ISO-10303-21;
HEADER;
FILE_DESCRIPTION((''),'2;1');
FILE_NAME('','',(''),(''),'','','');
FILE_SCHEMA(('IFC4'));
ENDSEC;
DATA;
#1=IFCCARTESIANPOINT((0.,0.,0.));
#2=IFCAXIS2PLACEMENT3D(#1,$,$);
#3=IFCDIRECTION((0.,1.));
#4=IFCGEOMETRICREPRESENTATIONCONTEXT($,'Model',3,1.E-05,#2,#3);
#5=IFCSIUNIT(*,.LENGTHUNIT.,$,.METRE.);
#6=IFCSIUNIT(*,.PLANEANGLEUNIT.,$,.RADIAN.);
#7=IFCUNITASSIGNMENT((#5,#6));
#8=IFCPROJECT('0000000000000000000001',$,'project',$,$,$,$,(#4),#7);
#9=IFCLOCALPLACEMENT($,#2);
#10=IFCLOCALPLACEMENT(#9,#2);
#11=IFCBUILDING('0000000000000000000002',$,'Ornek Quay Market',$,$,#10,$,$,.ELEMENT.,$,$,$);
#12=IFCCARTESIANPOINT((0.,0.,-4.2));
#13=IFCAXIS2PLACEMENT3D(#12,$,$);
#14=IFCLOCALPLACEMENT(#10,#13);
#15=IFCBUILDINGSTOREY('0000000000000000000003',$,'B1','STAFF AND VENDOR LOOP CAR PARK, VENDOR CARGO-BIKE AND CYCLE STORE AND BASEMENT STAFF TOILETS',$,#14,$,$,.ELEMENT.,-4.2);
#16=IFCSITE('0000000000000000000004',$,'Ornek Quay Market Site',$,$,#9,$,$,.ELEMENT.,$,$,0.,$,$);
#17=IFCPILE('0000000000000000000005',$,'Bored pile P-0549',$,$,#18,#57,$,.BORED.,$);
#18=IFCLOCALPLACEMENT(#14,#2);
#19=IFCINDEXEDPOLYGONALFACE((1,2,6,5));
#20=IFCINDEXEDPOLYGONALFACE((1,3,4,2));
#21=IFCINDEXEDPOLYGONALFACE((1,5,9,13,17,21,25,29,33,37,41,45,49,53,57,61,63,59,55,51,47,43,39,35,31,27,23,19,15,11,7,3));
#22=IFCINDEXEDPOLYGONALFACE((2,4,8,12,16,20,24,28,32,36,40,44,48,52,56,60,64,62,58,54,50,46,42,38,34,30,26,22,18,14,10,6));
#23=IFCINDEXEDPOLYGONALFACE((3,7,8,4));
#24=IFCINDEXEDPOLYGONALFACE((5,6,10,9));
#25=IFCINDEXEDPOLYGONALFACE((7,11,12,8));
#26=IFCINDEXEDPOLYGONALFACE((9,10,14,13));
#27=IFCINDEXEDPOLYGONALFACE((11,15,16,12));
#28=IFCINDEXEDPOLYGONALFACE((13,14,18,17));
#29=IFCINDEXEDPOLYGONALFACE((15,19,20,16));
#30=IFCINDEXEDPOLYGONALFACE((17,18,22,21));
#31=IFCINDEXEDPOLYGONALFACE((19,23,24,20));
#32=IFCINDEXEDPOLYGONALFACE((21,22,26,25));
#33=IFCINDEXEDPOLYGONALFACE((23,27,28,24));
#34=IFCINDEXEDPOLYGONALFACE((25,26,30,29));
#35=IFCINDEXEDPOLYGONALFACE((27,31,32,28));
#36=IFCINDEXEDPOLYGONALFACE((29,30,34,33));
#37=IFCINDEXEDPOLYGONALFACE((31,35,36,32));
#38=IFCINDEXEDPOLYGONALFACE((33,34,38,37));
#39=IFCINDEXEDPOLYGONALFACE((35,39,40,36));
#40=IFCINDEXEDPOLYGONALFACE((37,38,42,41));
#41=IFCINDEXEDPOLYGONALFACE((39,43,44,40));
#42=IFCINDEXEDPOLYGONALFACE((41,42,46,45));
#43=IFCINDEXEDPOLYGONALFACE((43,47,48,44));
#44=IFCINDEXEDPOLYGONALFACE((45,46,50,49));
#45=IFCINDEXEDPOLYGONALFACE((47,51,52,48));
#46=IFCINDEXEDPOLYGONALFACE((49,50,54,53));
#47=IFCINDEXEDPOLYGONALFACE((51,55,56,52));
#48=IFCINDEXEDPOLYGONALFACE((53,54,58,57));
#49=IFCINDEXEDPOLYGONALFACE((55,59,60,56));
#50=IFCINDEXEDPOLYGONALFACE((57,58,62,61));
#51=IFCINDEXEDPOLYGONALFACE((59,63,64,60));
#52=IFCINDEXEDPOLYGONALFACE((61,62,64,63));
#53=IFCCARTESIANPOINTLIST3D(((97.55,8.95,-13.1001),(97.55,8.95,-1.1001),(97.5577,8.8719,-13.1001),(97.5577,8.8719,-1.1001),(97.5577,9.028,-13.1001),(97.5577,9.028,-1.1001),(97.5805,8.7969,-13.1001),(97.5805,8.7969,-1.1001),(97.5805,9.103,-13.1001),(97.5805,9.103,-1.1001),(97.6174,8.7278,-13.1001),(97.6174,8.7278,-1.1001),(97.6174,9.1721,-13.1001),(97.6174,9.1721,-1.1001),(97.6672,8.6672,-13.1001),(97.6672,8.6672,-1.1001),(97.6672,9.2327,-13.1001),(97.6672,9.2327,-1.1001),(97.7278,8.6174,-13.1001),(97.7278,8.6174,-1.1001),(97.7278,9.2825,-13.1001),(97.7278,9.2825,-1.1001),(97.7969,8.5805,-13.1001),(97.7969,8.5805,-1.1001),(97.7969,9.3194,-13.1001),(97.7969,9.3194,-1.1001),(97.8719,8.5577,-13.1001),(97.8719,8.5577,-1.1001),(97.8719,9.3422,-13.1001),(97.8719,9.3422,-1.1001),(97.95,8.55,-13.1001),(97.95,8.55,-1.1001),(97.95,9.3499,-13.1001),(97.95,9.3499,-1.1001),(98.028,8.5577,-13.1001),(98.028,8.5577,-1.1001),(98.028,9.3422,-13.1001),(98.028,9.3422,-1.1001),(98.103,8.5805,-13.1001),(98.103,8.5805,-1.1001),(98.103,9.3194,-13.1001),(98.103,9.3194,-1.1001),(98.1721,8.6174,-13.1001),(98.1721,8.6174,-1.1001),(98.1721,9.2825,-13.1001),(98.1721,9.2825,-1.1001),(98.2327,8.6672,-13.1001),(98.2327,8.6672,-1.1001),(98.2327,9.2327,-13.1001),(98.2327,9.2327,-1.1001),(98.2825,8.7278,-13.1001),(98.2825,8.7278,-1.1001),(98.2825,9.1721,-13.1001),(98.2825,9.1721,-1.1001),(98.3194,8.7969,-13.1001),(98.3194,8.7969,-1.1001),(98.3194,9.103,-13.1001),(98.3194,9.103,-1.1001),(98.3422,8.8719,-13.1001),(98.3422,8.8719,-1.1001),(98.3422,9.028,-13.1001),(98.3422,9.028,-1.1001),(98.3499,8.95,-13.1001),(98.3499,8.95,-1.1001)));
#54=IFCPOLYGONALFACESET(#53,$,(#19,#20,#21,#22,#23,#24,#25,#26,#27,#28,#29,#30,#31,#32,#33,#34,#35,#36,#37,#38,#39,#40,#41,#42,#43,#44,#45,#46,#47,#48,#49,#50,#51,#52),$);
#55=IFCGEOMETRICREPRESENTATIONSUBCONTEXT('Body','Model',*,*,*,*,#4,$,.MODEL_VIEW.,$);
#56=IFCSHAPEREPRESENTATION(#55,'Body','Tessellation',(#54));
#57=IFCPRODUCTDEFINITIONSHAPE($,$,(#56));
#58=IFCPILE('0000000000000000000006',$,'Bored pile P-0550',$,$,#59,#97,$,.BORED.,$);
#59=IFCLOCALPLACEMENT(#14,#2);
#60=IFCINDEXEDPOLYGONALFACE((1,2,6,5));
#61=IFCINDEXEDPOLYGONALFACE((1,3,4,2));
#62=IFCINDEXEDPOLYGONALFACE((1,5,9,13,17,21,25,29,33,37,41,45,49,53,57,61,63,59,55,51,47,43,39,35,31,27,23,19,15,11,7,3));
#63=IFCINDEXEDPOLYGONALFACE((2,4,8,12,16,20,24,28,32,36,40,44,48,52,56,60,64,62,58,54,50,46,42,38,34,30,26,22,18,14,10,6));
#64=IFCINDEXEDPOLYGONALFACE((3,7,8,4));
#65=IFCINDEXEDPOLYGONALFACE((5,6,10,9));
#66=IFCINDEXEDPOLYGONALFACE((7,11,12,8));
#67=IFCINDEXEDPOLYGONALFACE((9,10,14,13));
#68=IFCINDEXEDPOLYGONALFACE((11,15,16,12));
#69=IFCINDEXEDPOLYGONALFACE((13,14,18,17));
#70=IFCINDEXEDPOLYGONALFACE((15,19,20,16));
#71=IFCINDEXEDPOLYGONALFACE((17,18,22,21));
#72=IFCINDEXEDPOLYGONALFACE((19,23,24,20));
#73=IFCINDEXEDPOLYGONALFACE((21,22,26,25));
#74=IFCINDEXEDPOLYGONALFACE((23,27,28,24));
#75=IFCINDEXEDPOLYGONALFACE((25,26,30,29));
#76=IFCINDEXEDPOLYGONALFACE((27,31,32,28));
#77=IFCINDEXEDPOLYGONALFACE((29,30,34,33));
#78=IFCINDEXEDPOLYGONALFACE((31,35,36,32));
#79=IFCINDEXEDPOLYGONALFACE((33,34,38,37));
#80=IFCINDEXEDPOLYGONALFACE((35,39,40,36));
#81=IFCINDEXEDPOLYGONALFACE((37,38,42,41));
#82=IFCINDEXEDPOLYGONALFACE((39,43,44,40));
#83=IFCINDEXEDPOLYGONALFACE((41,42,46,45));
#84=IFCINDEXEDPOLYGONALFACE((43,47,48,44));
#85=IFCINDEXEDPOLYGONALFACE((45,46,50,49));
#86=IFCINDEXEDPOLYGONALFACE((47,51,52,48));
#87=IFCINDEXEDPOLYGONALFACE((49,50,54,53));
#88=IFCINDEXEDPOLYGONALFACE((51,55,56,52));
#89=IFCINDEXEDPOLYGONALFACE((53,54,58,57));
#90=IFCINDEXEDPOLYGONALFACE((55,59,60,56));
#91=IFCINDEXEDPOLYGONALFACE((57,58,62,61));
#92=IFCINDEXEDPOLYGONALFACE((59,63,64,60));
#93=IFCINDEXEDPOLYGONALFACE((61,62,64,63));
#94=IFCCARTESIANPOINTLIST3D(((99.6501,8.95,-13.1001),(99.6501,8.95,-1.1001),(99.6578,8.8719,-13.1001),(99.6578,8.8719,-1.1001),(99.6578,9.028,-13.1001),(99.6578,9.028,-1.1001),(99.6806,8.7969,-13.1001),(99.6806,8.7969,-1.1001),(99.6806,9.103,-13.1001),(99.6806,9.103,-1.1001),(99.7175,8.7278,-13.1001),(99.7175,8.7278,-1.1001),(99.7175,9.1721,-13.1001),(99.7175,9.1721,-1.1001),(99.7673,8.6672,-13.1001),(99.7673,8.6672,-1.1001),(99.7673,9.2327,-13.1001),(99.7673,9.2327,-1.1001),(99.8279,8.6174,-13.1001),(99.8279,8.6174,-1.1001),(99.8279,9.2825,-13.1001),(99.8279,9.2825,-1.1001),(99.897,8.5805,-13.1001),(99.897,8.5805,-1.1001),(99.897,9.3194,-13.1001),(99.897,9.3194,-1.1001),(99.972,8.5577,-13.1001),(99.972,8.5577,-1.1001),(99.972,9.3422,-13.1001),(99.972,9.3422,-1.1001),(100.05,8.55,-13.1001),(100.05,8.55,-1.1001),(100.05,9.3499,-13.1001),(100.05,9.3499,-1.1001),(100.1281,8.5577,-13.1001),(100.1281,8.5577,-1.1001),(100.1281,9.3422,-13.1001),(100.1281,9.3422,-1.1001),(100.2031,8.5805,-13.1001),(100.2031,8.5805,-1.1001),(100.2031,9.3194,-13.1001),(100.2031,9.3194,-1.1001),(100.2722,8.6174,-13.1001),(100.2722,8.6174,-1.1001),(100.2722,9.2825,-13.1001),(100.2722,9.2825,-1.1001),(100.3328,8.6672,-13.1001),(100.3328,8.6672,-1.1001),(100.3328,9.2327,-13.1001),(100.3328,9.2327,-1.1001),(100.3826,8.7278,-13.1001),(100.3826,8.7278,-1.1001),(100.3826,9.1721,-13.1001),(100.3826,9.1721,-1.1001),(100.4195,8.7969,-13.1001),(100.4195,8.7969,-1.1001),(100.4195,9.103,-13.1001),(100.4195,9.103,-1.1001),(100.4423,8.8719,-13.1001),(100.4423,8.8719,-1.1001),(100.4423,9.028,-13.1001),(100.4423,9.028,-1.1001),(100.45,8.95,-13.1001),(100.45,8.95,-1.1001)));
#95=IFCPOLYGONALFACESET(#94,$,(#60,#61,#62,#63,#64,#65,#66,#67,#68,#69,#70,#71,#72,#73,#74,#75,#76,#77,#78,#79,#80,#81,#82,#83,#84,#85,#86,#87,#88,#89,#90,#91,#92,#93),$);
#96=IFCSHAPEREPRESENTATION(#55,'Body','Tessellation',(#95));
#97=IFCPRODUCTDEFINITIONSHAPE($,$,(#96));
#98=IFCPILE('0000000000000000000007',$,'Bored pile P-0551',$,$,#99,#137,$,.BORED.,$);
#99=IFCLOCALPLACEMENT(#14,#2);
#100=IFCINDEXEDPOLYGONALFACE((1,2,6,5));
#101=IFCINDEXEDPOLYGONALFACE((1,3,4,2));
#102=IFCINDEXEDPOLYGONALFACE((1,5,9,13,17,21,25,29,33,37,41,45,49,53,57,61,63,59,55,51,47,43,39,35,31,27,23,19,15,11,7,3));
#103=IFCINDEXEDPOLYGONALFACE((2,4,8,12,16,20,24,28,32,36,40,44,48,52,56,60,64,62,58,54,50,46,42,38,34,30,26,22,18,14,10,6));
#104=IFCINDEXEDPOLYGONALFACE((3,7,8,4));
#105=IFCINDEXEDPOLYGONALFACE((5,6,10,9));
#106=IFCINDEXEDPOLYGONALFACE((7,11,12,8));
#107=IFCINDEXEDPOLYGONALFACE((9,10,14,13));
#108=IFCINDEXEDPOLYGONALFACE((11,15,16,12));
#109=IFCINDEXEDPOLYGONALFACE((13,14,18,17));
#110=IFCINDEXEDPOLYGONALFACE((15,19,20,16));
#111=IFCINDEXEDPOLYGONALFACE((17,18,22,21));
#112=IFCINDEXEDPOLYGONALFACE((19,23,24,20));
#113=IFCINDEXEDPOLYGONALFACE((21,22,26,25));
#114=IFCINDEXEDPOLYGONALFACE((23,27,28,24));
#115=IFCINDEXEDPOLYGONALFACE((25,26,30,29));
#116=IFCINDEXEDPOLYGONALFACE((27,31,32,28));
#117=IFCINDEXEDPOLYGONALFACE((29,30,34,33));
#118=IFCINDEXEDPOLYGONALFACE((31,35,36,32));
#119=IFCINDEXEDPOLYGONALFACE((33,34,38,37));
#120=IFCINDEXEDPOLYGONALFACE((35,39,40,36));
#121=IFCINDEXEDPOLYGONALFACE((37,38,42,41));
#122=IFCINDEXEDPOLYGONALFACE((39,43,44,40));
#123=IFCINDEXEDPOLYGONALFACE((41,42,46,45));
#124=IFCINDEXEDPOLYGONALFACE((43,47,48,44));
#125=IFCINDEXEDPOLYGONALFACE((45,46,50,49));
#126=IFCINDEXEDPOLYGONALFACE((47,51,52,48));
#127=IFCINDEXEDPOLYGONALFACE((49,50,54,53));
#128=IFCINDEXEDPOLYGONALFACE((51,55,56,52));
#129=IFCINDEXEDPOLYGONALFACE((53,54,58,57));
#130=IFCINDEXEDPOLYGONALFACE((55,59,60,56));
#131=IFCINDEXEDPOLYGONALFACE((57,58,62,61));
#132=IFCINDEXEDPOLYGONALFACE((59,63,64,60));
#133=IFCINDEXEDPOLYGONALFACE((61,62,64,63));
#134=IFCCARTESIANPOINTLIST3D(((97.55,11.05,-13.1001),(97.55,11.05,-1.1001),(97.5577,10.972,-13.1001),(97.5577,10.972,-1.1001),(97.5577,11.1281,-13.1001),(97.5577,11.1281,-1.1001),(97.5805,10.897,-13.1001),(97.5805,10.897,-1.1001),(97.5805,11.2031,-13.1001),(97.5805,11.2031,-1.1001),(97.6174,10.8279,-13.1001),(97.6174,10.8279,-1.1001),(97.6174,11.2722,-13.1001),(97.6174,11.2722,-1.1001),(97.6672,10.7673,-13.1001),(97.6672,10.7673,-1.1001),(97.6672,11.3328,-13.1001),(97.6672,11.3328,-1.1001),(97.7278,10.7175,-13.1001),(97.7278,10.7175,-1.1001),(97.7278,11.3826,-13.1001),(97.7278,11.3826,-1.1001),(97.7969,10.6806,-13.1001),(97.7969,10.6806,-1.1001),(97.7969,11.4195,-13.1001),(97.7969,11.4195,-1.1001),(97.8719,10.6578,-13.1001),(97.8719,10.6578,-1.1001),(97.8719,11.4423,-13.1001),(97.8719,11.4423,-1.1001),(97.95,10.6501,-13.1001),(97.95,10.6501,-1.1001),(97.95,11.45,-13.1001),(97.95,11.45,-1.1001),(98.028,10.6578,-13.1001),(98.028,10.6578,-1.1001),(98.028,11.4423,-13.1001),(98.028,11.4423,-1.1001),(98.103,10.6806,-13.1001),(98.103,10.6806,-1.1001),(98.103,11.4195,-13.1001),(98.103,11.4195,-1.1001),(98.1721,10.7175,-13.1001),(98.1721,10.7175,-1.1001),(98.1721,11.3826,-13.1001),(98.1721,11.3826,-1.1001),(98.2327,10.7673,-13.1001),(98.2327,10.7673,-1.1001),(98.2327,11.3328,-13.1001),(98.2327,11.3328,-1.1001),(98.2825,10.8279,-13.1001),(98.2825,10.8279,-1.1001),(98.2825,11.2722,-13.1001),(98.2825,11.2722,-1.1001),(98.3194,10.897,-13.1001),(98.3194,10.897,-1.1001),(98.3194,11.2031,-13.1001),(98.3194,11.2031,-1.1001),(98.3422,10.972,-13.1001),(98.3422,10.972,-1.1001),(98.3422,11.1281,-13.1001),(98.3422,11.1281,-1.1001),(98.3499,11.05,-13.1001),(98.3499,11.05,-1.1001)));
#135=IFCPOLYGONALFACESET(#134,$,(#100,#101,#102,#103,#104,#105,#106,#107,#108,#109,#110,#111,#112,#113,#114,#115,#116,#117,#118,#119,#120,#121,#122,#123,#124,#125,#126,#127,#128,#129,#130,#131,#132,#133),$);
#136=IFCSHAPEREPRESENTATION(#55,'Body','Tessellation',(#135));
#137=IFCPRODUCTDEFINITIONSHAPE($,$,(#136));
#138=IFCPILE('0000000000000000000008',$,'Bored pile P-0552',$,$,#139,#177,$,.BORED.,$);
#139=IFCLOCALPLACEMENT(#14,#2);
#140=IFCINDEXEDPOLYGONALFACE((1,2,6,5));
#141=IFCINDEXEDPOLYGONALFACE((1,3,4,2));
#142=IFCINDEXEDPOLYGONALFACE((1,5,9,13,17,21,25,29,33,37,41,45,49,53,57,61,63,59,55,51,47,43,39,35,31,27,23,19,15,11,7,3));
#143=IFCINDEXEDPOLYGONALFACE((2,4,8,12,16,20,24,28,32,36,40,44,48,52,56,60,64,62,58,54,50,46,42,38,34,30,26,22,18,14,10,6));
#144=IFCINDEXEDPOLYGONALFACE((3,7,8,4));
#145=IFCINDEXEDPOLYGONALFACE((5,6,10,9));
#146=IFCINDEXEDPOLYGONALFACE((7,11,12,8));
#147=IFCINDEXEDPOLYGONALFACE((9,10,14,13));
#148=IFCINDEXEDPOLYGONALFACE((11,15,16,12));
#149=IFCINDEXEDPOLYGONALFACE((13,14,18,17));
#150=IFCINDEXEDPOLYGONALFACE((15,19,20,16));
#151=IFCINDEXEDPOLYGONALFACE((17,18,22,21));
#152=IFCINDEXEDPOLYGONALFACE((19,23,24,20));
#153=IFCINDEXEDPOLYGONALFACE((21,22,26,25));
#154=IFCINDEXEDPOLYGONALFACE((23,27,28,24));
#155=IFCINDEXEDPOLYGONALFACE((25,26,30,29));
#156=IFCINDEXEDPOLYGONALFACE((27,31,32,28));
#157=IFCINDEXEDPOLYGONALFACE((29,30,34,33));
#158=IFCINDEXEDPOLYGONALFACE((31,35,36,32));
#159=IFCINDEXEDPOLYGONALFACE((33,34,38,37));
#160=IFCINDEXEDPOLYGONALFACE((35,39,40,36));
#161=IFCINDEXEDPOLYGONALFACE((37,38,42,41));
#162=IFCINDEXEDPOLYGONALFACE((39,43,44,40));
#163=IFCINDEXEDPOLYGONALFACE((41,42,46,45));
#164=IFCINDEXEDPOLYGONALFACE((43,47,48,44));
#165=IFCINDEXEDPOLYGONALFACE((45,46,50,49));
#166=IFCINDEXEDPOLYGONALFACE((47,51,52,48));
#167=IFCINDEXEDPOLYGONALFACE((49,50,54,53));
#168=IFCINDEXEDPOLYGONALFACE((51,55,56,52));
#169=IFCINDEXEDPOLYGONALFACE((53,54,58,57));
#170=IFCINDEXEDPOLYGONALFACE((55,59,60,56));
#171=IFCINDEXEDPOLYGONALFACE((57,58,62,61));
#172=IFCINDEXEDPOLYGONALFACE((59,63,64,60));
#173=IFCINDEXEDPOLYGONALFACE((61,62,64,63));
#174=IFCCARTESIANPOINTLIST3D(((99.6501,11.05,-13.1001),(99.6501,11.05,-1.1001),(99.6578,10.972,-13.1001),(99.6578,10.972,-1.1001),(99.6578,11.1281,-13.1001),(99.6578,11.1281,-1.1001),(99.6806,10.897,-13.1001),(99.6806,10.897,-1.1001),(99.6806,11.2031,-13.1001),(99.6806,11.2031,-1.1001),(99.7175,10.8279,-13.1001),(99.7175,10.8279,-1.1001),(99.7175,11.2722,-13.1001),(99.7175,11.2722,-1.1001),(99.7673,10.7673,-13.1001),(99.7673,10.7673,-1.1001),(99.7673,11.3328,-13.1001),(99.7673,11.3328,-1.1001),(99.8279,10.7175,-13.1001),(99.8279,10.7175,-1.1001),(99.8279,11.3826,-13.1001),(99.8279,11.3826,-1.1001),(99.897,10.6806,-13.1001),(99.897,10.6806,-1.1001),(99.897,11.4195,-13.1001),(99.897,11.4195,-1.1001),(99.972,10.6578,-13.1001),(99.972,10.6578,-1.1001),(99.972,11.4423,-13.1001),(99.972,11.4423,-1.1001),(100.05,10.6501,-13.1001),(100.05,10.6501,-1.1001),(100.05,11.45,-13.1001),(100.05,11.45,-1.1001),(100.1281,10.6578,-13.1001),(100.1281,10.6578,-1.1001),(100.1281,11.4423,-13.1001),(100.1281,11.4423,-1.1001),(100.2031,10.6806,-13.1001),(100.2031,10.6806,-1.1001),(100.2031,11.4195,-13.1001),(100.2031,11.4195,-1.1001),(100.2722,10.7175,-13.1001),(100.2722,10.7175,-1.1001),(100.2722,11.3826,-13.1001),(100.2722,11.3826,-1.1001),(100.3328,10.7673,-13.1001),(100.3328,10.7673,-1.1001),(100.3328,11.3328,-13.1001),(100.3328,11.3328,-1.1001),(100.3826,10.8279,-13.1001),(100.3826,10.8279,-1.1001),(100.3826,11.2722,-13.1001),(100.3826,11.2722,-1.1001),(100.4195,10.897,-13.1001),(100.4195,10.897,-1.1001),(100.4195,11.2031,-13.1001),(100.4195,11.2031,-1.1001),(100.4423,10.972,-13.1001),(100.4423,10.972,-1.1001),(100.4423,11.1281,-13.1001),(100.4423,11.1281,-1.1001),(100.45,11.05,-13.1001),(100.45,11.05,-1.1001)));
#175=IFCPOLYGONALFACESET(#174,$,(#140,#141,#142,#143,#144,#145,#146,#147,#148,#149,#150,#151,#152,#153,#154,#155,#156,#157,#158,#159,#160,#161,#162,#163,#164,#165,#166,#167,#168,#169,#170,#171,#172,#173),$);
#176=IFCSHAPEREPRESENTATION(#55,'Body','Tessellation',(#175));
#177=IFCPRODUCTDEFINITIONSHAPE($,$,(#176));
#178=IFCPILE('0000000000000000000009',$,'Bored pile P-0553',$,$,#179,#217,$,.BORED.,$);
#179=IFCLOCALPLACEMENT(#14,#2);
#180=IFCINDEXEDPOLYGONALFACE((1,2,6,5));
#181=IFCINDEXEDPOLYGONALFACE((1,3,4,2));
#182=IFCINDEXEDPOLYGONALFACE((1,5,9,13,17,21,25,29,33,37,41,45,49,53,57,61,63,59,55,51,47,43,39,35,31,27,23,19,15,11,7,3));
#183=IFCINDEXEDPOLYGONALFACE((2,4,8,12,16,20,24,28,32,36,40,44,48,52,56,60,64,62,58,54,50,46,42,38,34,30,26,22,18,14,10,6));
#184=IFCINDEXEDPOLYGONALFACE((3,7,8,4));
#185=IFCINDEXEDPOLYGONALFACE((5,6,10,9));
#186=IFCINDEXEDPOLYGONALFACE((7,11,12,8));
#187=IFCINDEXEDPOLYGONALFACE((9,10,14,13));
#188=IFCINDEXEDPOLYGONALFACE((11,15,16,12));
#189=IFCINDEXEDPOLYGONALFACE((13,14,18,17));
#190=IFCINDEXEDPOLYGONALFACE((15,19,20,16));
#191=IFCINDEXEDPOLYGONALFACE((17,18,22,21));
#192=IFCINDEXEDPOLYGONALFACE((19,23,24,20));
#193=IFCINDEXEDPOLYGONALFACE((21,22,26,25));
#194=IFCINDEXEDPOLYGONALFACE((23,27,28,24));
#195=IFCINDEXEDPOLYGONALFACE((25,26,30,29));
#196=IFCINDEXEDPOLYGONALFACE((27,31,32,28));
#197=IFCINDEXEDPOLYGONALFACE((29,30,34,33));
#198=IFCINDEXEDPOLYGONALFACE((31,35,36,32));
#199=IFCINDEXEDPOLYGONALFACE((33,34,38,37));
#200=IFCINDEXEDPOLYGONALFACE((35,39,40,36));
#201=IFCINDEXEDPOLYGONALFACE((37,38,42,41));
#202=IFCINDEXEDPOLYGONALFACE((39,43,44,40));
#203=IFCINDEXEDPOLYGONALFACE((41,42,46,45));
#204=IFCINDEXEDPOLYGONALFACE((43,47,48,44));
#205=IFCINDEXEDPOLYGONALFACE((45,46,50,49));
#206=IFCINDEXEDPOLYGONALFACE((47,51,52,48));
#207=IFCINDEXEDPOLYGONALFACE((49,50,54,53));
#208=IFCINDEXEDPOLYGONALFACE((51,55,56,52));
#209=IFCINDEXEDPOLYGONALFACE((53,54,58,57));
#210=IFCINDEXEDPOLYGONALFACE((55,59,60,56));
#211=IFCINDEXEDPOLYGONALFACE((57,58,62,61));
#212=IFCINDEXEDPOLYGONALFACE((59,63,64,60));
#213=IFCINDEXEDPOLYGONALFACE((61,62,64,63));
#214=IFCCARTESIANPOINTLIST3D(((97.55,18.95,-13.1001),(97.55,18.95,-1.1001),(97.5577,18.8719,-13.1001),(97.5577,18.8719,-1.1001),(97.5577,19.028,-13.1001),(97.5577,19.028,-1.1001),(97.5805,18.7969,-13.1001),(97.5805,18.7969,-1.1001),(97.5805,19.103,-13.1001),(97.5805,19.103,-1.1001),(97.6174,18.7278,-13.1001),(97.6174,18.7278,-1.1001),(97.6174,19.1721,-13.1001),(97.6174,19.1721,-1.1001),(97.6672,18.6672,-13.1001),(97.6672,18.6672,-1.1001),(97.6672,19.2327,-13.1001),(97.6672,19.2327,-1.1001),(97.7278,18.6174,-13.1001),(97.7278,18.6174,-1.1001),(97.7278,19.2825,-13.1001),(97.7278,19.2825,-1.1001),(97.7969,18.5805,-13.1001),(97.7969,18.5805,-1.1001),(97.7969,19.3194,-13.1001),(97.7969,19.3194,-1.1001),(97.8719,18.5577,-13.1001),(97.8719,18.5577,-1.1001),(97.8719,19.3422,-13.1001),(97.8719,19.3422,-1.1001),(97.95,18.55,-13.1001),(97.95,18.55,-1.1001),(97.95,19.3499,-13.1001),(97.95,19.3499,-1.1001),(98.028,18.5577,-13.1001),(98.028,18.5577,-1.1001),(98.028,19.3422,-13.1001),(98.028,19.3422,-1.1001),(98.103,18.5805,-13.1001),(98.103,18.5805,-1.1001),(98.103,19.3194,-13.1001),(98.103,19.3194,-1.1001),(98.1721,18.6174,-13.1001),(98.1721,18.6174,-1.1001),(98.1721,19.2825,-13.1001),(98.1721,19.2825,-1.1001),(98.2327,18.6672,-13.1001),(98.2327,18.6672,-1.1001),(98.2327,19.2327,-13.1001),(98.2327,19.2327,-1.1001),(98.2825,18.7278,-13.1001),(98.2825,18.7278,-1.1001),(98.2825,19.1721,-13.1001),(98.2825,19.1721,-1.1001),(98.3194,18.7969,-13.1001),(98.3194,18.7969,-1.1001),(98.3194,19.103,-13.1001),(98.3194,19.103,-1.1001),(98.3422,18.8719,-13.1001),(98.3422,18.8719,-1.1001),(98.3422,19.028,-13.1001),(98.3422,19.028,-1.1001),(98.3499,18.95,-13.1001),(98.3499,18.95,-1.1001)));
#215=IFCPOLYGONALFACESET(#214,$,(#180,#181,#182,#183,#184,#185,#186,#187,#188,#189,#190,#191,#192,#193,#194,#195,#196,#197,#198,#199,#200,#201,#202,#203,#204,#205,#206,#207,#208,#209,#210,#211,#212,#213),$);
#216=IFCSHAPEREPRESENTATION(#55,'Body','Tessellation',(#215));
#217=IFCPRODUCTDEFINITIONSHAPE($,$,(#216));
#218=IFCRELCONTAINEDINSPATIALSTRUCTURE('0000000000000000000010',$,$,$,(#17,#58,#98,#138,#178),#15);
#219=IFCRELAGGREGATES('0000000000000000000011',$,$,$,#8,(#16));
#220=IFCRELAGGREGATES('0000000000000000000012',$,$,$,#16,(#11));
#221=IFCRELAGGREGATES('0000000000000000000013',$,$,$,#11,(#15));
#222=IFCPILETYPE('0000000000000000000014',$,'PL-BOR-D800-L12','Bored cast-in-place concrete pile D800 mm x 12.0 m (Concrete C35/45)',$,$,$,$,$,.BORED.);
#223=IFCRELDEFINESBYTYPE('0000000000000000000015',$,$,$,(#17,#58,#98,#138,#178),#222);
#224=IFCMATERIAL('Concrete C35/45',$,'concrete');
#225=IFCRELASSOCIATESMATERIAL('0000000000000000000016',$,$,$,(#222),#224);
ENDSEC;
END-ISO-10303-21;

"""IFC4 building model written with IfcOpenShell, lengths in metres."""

from ifc_helpers import new_model, si_unit, direction, frame, origin, origin_2d, place, context, subcontext, project, spatial, circle, extrude, material, material_profile, profile_set, type_object, element, save


model = new_model("IFC4")

# Units and contexts
model_context = context("Model", 3, precision=1e-05, world=origin(), true_north=direction((0.0, 1.0)))
body_context = subcontext(model_context, "Body", "Model", "MODEL_VIEW")
ifc_project = project(units=[si_unit("LENGTHUNIT", "METRE"), si_unit("PLANEANGLEUNIT", "RADIAN")], contexts=[model_context])

# Site, building, storey
site_placement = place(None, origin())
site = spatial("IfcSite", under=ifc_project, at=site_placement, Name="Ornek Quay Market Site", CompositionType="ELEMENT", RefElevation=0.0)
building_placement = place(site_placement, origin())
building = spatial("IfcBuilding", under=site, at=building_placement, Name="Ornek Quay Market", CompositionType="ELEMENT")
storey_placement = place(building_placement, frame((0.0, 0.0, -4.2)))
storey = spatial("IfcBuildingStorey", under=building, at=storey_placement, Name="B1", Description="STAFF AND VENDOR LOOP CAR PARK, VENDOR CARGO-BIKE AND CYCLE STORE AND BASEMENT STAFF TOILETS", CompositionType="ELEMENT", Elevation=-4.2)

# Piles
ifc_material_1 = material(Name="Concrete C35/45", Category="concrete")
ifc_material_profile_1 = material_profile(ifc_material_1, circle(Radius=0.3999, at=origin_2d()), Name="PILE D800", Category="concrete")
ifc_profile_set_1 = profile_set([ifc_material_profile_1], Name="Concrete C35/45")
pile_type = type_object("IfcPileType", Name="PL-BOR-D800-L12", Description="Bored cast-in-place concrete pile D800 mm x 12.0 m (Concrete C35/45)", PredefinedType="BORED", material=ifc_profile_set_1)
for number, where, z_axis, x_axis, name in (
    (1, (97.95, 8.95, -1.1001), (0.0, 0.0, -1.0), (1.0, 0.0, 0.0), "Bored pile P-0549"),
    (2, (100.05, 8.95, -1.1001), (0.0, 0.0, -1.0), (1.0, 0.0, 0.0), "Bored pile P-0550"),
    (3, (97.95, 11.05, -1.1001), (0.0, 0.0, -1.0), (1.0, 0.0, 0.0), "Bored pile P-0551"),
    (4, (100.05, 11.05, -1.1001), (0.0, 0.0, -1.0), (1.0, 0.0, 0.0), "Bored pile P-0552"),
    (5, (97.95, 18.95, -1.1001), (0.0, 0.0, -1.0), (1.0, 0.0, 0.0), "Bored pile P-0553"),
):
    element("IfcPile", number, at=place(storey_placement, frame(where, z_axis=z_axis, x_axis=x_axis)), inside=storey, type_object=pile_type, Name=name, PredefinedType="BORED", context=body_context, shape_type="SweptSolid", body=[
        extrude(circle(Radius=0.3999, at=origin_2d()), origin(), (0.0, 0.0, 1.0), 12.0),
    ])

save(model, "model.ifc")
